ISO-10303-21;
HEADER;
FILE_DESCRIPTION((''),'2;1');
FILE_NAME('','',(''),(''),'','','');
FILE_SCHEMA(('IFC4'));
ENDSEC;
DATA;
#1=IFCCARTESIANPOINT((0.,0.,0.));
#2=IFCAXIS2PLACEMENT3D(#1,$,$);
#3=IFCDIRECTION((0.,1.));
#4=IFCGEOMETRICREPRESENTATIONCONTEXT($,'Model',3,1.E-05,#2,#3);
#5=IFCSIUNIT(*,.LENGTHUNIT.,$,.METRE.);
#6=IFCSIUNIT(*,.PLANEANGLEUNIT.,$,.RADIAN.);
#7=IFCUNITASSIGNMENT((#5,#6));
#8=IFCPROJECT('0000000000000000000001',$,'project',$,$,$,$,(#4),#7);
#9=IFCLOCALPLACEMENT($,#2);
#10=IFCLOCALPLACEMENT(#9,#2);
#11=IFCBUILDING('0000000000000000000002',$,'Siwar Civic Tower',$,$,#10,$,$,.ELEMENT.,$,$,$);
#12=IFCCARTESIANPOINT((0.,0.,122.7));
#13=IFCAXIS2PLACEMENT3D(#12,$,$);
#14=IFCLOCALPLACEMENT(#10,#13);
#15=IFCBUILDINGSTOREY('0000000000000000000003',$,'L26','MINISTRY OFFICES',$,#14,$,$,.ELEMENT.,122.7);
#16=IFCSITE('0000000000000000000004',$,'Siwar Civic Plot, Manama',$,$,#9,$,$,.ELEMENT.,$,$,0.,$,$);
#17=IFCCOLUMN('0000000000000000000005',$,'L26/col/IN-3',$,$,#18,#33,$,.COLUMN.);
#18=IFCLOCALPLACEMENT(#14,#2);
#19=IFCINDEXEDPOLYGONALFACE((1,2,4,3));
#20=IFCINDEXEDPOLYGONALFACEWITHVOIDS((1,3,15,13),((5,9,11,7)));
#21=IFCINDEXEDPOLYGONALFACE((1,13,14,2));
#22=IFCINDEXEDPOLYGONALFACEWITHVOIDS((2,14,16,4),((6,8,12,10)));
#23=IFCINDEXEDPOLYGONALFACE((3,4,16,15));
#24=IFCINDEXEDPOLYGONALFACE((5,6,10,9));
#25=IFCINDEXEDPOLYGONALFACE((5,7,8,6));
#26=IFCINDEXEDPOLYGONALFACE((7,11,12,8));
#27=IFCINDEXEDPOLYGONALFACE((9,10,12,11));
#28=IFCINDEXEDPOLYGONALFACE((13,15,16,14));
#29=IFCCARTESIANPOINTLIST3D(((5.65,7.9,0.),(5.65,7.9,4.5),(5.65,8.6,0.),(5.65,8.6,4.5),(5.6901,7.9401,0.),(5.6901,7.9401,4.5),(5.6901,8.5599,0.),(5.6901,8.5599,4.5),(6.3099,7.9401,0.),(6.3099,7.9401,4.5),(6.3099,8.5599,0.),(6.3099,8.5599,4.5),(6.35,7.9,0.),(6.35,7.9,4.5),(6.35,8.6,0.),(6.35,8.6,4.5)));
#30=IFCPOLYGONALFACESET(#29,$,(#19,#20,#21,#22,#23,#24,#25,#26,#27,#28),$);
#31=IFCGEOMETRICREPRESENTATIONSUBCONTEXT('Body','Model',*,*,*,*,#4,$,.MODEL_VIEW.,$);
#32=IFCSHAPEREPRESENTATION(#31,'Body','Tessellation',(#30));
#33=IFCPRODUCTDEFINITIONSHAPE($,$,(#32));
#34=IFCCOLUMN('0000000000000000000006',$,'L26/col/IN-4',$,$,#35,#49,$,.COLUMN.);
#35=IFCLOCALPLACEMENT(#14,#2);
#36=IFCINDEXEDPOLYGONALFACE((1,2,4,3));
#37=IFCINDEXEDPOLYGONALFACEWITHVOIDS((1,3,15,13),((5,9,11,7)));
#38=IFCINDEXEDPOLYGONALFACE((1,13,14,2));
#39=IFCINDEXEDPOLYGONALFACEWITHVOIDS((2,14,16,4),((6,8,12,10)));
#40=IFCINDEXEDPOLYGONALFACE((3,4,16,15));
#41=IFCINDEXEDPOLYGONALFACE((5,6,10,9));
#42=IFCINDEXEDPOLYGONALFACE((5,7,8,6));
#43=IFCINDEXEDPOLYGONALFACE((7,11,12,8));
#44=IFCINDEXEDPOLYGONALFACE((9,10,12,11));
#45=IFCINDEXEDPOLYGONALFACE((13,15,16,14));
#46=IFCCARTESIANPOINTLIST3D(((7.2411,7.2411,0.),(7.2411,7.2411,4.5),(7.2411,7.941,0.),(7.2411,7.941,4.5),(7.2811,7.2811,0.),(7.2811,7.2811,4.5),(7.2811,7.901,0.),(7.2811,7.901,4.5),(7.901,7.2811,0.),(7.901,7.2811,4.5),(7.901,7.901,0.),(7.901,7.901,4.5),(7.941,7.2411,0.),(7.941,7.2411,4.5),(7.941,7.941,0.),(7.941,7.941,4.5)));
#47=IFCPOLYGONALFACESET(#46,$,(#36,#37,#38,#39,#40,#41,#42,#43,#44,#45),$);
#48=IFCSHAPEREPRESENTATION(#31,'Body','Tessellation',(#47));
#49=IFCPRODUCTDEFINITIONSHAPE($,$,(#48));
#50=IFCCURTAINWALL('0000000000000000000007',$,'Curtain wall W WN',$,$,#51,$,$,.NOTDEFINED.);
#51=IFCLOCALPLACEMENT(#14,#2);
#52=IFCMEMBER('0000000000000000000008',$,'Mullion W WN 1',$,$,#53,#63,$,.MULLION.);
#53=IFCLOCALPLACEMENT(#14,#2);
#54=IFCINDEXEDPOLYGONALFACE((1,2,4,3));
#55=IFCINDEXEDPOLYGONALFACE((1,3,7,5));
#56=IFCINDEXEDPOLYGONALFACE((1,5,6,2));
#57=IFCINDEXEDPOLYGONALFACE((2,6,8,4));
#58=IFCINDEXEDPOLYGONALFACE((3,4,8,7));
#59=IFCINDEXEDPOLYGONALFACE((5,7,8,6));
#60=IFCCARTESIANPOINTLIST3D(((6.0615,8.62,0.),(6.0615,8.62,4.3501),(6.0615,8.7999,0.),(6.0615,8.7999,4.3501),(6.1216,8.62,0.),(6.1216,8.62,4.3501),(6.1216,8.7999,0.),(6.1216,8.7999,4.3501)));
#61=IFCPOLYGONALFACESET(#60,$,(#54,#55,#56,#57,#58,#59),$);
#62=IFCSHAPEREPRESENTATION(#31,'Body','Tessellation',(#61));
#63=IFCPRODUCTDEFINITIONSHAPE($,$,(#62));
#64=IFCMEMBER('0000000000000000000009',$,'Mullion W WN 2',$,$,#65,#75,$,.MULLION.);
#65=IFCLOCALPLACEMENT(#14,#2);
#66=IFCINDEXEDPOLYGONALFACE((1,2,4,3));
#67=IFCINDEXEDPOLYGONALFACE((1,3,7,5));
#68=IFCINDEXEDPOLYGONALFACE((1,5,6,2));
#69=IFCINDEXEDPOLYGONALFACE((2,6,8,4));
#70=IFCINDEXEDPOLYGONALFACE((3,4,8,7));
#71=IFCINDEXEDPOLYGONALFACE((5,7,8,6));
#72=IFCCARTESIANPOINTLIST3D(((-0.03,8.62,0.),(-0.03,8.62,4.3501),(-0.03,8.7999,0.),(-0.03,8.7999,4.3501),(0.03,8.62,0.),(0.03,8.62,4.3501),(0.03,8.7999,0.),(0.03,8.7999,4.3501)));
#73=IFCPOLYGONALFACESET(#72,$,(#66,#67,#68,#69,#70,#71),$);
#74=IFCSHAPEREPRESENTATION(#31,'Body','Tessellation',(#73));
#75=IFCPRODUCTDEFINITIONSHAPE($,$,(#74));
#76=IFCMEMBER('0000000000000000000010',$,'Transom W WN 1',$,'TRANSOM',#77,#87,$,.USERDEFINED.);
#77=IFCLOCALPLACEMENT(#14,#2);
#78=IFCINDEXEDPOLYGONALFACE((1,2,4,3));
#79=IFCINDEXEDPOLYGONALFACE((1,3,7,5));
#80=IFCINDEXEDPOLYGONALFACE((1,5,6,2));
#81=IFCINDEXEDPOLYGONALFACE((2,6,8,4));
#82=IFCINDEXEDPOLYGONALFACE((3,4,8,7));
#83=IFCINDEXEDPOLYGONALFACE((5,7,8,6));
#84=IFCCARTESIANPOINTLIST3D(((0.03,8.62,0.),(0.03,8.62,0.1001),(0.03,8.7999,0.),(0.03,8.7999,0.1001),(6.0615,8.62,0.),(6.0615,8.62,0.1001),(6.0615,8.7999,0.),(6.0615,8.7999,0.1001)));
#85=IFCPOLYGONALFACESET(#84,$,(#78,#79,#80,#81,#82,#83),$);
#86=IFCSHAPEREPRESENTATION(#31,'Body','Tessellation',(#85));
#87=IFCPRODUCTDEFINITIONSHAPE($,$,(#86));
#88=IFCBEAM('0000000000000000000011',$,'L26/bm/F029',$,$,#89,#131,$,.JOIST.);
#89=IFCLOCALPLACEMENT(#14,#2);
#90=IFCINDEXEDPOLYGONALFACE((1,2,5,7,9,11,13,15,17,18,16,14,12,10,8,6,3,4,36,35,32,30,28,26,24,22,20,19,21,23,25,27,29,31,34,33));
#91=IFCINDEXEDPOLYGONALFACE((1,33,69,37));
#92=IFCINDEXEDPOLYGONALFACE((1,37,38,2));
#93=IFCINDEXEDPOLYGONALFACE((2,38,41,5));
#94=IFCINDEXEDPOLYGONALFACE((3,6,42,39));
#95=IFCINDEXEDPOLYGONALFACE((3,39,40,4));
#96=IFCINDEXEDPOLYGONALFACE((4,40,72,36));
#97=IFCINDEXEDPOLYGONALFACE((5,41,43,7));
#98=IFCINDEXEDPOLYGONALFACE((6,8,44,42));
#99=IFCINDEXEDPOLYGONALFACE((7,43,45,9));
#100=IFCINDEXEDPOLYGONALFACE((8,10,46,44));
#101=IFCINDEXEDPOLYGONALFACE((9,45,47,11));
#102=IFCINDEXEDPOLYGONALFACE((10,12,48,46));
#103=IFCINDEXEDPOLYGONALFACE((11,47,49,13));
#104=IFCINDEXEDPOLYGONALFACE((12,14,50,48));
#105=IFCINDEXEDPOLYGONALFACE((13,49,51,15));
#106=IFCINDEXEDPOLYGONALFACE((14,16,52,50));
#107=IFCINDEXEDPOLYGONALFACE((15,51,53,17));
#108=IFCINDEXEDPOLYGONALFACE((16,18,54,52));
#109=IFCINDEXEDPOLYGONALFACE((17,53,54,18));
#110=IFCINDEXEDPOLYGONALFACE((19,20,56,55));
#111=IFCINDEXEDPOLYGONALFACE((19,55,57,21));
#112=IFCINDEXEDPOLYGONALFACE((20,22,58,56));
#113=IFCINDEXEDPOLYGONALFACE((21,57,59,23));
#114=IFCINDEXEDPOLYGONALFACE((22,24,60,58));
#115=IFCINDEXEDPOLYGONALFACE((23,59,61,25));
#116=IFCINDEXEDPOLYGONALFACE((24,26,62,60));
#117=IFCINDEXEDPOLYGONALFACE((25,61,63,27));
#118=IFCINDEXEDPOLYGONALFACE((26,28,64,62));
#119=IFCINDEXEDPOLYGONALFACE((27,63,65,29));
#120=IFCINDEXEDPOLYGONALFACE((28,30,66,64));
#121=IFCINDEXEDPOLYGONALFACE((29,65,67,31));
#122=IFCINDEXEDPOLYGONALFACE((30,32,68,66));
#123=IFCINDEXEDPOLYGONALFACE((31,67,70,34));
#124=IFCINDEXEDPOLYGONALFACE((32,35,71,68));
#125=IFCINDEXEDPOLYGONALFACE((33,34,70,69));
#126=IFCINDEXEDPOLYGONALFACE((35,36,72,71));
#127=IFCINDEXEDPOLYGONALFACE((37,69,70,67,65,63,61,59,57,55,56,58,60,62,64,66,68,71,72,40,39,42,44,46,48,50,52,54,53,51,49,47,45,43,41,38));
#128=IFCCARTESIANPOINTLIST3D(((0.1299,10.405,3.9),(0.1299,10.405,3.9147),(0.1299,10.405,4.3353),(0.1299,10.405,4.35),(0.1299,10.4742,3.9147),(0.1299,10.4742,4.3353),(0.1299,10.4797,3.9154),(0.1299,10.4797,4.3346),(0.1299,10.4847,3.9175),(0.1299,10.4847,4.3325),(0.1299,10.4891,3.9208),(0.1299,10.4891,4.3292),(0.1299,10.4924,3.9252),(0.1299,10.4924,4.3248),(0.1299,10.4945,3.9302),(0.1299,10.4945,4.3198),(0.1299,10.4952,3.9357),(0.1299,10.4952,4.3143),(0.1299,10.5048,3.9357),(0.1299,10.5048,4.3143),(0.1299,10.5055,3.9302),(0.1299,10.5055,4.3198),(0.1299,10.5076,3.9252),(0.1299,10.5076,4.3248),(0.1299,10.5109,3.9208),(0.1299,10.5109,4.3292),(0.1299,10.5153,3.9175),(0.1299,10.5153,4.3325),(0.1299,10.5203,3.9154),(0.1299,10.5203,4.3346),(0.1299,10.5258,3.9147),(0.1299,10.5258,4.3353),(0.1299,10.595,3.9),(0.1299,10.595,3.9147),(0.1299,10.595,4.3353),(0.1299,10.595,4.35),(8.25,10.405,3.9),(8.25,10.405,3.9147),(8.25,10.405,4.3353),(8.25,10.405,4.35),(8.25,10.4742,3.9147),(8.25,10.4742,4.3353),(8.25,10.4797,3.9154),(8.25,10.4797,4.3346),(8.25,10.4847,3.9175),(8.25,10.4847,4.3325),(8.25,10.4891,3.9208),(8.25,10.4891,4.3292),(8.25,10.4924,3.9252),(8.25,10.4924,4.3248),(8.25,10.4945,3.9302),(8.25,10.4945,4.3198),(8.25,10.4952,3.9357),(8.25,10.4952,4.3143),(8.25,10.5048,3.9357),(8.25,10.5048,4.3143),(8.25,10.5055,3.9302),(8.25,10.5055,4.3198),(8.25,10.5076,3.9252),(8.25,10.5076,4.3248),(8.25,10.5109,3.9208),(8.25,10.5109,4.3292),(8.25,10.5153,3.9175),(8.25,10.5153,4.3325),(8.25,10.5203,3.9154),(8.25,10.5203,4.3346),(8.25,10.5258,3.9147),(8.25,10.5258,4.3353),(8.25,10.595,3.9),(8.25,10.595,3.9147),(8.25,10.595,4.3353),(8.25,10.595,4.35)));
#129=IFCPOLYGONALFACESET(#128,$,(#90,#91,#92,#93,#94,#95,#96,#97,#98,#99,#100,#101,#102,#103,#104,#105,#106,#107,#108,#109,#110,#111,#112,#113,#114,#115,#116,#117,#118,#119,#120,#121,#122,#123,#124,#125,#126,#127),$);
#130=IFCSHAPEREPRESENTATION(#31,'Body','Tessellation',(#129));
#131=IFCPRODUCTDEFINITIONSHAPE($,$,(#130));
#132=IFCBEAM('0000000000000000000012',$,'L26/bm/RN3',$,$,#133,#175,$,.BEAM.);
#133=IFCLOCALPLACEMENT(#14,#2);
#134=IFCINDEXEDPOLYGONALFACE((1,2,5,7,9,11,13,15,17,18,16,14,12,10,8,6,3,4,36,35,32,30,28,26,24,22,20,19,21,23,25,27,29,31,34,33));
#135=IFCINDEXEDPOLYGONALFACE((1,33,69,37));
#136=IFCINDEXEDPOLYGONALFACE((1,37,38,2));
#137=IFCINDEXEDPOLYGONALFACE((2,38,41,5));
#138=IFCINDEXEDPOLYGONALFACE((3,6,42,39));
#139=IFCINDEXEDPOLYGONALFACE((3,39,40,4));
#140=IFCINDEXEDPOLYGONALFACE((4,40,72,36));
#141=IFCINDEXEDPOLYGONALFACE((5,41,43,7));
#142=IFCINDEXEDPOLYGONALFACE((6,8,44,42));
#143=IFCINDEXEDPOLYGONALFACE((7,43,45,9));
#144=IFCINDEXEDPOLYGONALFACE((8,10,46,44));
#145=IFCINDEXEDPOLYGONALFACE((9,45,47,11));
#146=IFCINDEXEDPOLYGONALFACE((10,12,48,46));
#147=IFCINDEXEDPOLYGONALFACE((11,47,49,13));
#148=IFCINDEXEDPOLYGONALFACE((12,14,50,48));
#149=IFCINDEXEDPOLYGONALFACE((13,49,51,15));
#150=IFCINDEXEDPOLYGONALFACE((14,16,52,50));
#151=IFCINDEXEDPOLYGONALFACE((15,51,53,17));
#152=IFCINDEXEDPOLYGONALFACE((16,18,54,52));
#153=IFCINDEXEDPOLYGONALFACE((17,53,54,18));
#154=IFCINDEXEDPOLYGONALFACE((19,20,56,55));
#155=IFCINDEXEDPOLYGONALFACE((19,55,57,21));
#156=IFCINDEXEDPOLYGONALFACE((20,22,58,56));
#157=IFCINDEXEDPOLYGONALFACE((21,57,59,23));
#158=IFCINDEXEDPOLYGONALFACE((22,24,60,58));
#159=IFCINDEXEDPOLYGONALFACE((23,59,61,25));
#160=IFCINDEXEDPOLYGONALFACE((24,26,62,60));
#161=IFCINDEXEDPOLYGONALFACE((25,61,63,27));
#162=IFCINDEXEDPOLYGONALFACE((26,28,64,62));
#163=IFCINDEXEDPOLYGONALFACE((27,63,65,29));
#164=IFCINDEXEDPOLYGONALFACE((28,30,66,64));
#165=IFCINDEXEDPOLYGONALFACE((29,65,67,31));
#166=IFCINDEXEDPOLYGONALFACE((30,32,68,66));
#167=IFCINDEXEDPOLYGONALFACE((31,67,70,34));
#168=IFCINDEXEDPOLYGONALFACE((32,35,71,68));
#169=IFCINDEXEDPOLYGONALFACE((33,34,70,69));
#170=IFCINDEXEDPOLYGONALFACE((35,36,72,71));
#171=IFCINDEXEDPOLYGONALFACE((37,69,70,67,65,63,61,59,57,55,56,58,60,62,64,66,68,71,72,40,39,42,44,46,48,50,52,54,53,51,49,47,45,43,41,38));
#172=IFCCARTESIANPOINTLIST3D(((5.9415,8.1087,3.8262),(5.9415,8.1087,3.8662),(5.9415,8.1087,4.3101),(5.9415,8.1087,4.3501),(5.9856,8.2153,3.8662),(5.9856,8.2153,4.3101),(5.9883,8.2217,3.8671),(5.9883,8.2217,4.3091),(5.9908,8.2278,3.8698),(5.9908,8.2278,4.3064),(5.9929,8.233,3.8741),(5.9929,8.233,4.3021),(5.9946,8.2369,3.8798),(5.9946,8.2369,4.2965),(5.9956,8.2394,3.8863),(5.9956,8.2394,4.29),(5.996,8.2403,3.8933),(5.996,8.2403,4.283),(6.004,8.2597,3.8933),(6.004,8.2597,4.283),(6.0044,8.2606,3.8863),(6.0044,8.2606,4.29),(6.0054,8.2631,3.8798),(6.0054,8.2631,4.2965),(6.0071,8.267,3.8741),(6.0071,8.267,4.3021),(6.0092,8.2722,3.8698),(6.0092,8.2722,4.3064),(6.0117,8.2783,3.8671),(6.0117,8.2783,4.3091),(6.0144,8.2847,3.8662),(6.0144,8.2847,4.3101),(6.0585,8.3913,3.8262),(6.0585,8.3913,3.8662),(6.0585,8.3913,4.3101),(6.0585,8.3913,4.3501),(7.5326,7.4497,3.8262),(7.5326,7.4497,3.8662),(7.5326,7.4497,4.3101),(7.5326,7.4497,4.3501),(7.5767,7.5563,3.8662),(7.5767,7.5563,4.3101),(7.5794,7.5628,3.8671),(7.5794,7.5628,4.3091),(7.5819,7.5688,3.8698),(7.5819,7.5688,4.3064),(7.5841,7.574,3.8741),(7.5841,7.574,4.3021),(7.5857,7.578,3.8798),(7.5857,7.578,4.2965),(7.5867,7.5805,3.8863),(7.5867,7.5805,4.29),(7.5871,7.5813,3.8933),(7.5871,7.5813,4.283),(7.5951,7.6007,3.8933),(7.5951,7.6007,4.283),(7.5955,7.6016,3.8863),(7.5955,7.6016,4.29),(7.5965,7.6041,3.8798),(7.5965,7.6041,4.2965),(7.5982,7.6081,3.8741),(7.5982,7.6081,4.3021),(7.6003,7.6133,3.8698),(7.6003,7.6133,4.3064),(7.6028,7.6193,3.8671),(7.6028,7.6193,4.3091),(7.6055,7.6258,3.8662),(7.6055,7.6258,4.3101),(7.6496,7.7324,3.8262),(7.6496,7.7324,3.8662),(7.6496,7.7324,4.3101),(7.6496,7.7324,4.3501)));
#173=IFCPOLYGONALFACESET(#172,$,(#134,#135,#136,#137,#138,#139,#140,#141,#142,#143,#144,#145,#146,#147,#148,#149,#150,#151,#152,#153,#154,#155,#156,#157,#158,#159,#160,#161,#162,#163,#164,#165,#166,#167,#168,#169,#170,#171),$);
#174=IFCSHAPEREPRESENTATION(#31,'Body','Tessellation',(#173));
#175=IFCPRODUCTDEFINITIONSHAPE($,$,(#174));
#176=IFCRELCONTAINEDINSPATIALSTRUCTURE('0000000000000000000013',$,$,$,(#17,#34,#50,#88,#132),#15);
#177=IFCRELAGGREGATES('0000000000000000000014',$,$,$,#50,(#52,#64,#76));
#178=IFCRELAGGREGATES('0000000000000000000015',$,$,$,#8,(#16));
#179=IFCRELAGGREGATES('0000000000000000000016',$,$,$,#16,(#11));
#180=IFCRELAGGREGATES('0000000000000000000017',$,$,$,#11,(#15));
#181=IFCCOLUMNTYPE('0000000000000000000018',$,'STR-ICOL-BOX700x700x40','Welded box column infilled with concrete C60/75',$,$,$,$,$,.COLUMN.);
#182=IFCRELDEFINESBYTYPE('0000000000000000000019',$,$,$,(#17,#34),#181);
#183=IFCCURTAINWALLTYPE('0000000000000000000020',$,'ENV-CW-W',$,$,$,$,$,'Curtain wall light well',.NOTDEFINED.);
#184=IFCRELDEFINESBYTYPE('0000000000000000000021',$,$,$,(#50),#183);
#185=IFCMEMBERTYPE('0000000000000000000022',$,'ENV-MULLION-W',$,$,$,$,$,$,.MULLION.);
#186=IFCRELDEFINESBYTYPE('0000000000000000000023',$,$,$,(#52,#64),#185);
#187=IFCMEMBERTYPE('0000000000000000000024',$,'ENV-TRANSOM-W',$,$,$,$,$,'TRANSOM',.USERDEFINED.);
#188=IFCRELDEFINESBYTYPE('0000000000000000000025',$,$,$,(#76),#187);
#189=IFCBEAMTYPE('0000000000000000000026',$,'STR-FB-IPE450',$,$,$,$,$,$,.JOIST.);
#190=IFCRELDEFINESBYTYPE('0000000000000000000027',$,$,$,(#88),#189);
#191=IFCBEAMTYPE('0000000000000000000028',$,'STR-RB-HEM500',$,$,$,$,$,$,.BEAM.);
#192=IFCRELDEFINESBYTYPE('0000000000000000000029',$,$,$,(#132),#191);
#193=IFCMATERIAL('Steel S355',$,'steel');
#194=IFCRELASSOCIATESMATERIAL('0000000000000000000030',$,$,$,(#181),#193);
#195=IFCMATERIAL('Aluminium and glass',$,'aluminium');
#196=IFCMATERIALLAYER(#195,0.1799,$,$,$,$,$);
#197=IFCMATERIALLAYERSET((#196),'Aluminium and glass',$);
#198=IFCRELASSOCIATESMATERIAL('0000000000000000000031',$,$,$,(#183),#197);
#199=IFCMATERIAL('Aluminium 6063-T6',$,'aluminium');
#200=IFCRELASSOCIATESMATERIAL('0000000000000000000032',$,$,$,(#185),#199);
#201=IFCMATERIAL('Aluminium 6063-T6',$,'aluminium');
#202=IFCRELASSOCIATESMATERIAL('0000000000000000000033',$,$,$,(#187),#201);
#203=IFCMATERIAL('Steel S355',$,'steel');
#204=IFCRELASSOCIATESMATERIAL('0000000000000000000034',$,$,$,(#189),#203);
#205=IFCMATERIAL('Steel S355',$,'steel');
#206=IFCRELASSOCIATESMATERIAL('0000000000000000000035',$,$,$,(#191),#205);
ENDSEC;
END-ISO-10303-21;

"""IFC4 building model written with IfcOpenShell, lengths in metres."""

from ifc_helpers import new_model, si_unit, direction, frame, origin, origin_2d, place, context, subcontext, project, spatial, rectangle, hollow_rectangle, i_section, extrude, material, layer, layer_set, material_profile, profile_set, type_object, element, aggregate, save


model = new_model("IFC4")

# Units and contexts
model_context = context("Model", 3, precision=1e-05, world=origin(), true_north=direction((0.0, 1.0)))
body_context = subcontext(model_context, "Body", "Model", "MODEL_VIEW")
ifc_project = project(units=[si_unit("LENGTHUNIT", "METRE"), si_unit("PLANEANGLEUNIT", "RADIAN")], contexts=[model_context])

# Site, building, storey
site_placement = place(None, origin())
site = spatial("IfcSite", under=ifc_project, at=site_placement, Name="Siwar Civic Plot, Manama", CompositionType="ELEMENT", RefElevation=0.0)
building_placement = place(site_placement, origin())
building = spatial("IfcBuilding", under=site, at=building_placement, Name="Siwar Civic Tower", CompositionType="ELEMENT")
storey_placement = place(building_placement, frame((0.0, 0.0, 122.7)))
storey = spatial("IfcBuildingStorey", under=building, at=storey_placement, Name="L26", Description="MINISTRY OFFICES", CompositionType="ELEMENT", Elevation=122.7)

# Columns
ifc_material_1 = material(Name="Steel S355", Category="steel")
ifc_material_profile_1 = material_profile(ifc_material_1, hollow_rectangle(XDim=0.7, YDim=0.7, WallThickness=0.04, at=origin_2d()), Name="BOX700x700x40")
ifc_profile_set_1 = profile_set([ifc_material_profile_1], Name="Steel S355")
column_type = type_object("IfcColumnType", Name="STR-ICOL-BOX700x700x40", Description="Welded box column infilled with concrete C60/75", PredefinedType="COLUMN", material=ifc_profile_set_1)
for number, where, z_axis, x_axis, name in (
    (1, (6.0, 8.25, 0.0), (0.0, 0.0, 1.0), (1.0, 0.0, 0.0), "L26/col/IN-3"),
    (2, (7.5911, 7.5911, 0.0), (0.0, 0.0, 1.0), (1.0, 0.0, 0.0), "L26/col/IN-4"),
):
    element("IfcColumn", number, at=place(storey_placement, frame(where, z_axis=z_axis, x_axis=x_axis)), inside=storey, type_object=column_type, Name=name, PredefinedType="COLUMN", context=body_context, shape_type="SweptSolid", body=[
        extrude(hollow_rectangle(XDim=0.7, YDim=0.7, WallThickness=0.04, at=origin_2d()), origin(), (0.0, 0.0, 1.0), 4.5),
    ])

# Curtain wall, members
ifc_material_2 = material(Name="Aluminium and glass", Category="aluminium")
ifc_layer_1 = layer(ifc_material_2, 0.1799)
ifc_layer_set_1 = layer_set([ifc_layer_1], Name="Aluminium and glass")
curtain_wall_type = type_object("IfcCurtainWallType", Name="ENV-CW-W", ElementType="Curtain wall light well", PredefinedType="NOTDEFINED", material=ifc_layer_set_1)
curtain_wall_placement = place(storey_placement, origin())
curtain_wall = element("IfcCurtainWall", 3, at=curtain_wall_placement, inside=storey, type_object=curtain_wall_type, Name="Curtain wall W WN", PredefinedType="NOTDEFINED")
ifc_material_3 = material(Name="Aluminium 6063-T6", Category="aluminium")
ifc_material_profile_2 = material_profile(ifc_material_3, rectangle(XDim=0.1799, YDim=0.0601, at=origin_2d()), Name="AL 180x60")
ifc_profile_set_2 = profile_set([ifc_material_profile_2], Name="Aluminium 6063-T6")
member_type_1 = type_object("IfcMemberType", Name="ENV-MULLION-W", PredefinedType="MULLION", material=ifc_profile_set_2)
member_1_placement = place(storey_placement, frame((6.0916, 8.71, 0.0), z_axis=(0.0, 0.0, 1.0), x_axis=(0.0, -1.0, 0.0)))
member_1 = element("IfcMember", 4, at=member_1_placement, type_object=member_type_1, Name="Mullion W WN 1", PredefinedType="MULLION", context=body_context, shape_type="SweptSolid", body=[
    extrude(rectangle(XDim=0.1799, YDim=0.0601, at=origin_2d()), origin(), (0.0, 0.0, 1.0), 4.3501),
])
member_2_placement = place(storey_placement, frame((0.0, 8.71, 0.0), z_axis=(0.0, 0.0, 1.0), x_axis=(0.0, -1.0, 0.0)))
member_2 = element("IfcMember", 5, at=member_2_placement, type_object=member_type_1, Name="Mullion W WN 2", PredefinedType="MULLION", context=body_context, shape_type="SweptSolid", body=[
    extrude(rectangle(XDim=0.1799, YDim=0.0601, at=origin_2d()), origin(), (0.0, 0.0, 1.0), 4.3501),
])
ifc_material_4 = material(Name="Aluminium 6063-T6", Category="aluminium")
ifc_material_profile_3 = material_profile(ifc_material_4, rectangle(XDim=0.1799, YDim=0.1001, at=origin_2d()), Name="AL 180x100")
ifc_profile_set_3 = profile_set([ifc_material_profile_3], Name="Aluminium 6063-T6")
member_type_2 = type_object("IfcMemberType", Name="ENV-TRANSOM-W", ElementType="TRANSOM", PredefinedType="USERDEFINED", material=ifc_profile_set_3)
member_3_placement = place(storey_placement, frame((6.0615, 8.71, 0.05), z_axis=(-1.0, 0.0, 0.0), x_axis=(0.0, -1.0, 0.0)))
member_3 = element("IfcMember", 6, at=member_3_placement, type_object=member_type_2, Name="Transom W WN 1", ObjectType="TRANSOM", PredefinedType="USERDEFINED", context=body_context, shape_type="SweptSolid", body=[
    extrude(rectangle(XDim=0.1799, YDim=0.1001, at=origin_2d()), origin(), (0.0, 0.0, 1.0), 6.0315),
])

# Beams
ifc_material_5 = material(Name="Steel S355", Category="steel")
ifc_material_profile_4 = material_profile(ifc_material_5, i_section(OverallWidth=0.1899, OverallDepth=0.45, WebThickness=0.0095, FlangeThickness=0.0146, FilletRadius=0.021, at=origin_2d()), Name="IPE450")
ifc_profile_set_4 = profile_set([ifc_material_profile_4], Name="Steel S355")
beam_type_1 = type_object("IfcBeamType", Name="STR-FB-IPE450", PredefinedType="JOIST", material=ifc_profile_set_4)
beam_placement = place(storey_placement, frame((0.1299, 10.5, 4.125), z_axis=(1.0, 0.0, 0.0), x_axis=(0.0, 1.0, 0.0)))
element("IfcBeam", 7, at=beam_placement, inside=storey, type_object=beam_type_1, Name="L26/bm/F029", PredefinedType="JOIST", context=body_context, shape_type="SweptSolid", body=[
    extrude(i_section(OverallWidth=0.1899, OverallDepth=0.45, WebThickness=0.0095, FlangeThickness=0.0146, FilletRadius=0.021, at=origin_2d()), origin(), (0.0, 0.0, 1.0), 8.1201),
])
ifc_material_6 = material(Name="Steel S355", Category="steel")
ifc_material_profile_5 = material_profile(ifc_material_6, i_section(OverallWidth=0.3059, OverallDepth=0.5239, WebThickness=0.021, FlangeThickness=0.04, FilletRadius=0.0271, at=origin_2d()), Name="HEM500")
ifc_profile_set_5 = profile_set([ifc_material_profile_5], Name="Steel S355")
beam_type_2 = type_object("IfcBeamType", Name="STR-RB-HEM500", PredefinedType="BEAM", material=ifc_profile_set_5)
for number, where, z_axis, x_axis, name in (
    (8, (6.0, 8.25, 4.0881), (0.923901, -0.382631, 0.0), (0.382631, 0.923901, 0.0), "L26/bm/RN3"),
):
    element("IfcBeam", number, at=place(storey_placement, frame(where, z_axis=z_axis, x_axis=x_axis)), inside=storey, type_object=beam_type_2, Name=name, PredefinedType="BEAM", context=body_context, shape_type="SweptSolid", body=[
        extrude(i_section(OverallWidth=0.3059, OverallDepth=0.5239, WebThickness=0.021, FlangeThickness=0.04, FilletRadius=0.0271, at=origin_2d()), origin(), (0.0, 0.0, 1.0), 1.7222),
    ])

aggregate(curtain_wall, [member_1, member_2, member_3])

save(model, "model.ifc")
